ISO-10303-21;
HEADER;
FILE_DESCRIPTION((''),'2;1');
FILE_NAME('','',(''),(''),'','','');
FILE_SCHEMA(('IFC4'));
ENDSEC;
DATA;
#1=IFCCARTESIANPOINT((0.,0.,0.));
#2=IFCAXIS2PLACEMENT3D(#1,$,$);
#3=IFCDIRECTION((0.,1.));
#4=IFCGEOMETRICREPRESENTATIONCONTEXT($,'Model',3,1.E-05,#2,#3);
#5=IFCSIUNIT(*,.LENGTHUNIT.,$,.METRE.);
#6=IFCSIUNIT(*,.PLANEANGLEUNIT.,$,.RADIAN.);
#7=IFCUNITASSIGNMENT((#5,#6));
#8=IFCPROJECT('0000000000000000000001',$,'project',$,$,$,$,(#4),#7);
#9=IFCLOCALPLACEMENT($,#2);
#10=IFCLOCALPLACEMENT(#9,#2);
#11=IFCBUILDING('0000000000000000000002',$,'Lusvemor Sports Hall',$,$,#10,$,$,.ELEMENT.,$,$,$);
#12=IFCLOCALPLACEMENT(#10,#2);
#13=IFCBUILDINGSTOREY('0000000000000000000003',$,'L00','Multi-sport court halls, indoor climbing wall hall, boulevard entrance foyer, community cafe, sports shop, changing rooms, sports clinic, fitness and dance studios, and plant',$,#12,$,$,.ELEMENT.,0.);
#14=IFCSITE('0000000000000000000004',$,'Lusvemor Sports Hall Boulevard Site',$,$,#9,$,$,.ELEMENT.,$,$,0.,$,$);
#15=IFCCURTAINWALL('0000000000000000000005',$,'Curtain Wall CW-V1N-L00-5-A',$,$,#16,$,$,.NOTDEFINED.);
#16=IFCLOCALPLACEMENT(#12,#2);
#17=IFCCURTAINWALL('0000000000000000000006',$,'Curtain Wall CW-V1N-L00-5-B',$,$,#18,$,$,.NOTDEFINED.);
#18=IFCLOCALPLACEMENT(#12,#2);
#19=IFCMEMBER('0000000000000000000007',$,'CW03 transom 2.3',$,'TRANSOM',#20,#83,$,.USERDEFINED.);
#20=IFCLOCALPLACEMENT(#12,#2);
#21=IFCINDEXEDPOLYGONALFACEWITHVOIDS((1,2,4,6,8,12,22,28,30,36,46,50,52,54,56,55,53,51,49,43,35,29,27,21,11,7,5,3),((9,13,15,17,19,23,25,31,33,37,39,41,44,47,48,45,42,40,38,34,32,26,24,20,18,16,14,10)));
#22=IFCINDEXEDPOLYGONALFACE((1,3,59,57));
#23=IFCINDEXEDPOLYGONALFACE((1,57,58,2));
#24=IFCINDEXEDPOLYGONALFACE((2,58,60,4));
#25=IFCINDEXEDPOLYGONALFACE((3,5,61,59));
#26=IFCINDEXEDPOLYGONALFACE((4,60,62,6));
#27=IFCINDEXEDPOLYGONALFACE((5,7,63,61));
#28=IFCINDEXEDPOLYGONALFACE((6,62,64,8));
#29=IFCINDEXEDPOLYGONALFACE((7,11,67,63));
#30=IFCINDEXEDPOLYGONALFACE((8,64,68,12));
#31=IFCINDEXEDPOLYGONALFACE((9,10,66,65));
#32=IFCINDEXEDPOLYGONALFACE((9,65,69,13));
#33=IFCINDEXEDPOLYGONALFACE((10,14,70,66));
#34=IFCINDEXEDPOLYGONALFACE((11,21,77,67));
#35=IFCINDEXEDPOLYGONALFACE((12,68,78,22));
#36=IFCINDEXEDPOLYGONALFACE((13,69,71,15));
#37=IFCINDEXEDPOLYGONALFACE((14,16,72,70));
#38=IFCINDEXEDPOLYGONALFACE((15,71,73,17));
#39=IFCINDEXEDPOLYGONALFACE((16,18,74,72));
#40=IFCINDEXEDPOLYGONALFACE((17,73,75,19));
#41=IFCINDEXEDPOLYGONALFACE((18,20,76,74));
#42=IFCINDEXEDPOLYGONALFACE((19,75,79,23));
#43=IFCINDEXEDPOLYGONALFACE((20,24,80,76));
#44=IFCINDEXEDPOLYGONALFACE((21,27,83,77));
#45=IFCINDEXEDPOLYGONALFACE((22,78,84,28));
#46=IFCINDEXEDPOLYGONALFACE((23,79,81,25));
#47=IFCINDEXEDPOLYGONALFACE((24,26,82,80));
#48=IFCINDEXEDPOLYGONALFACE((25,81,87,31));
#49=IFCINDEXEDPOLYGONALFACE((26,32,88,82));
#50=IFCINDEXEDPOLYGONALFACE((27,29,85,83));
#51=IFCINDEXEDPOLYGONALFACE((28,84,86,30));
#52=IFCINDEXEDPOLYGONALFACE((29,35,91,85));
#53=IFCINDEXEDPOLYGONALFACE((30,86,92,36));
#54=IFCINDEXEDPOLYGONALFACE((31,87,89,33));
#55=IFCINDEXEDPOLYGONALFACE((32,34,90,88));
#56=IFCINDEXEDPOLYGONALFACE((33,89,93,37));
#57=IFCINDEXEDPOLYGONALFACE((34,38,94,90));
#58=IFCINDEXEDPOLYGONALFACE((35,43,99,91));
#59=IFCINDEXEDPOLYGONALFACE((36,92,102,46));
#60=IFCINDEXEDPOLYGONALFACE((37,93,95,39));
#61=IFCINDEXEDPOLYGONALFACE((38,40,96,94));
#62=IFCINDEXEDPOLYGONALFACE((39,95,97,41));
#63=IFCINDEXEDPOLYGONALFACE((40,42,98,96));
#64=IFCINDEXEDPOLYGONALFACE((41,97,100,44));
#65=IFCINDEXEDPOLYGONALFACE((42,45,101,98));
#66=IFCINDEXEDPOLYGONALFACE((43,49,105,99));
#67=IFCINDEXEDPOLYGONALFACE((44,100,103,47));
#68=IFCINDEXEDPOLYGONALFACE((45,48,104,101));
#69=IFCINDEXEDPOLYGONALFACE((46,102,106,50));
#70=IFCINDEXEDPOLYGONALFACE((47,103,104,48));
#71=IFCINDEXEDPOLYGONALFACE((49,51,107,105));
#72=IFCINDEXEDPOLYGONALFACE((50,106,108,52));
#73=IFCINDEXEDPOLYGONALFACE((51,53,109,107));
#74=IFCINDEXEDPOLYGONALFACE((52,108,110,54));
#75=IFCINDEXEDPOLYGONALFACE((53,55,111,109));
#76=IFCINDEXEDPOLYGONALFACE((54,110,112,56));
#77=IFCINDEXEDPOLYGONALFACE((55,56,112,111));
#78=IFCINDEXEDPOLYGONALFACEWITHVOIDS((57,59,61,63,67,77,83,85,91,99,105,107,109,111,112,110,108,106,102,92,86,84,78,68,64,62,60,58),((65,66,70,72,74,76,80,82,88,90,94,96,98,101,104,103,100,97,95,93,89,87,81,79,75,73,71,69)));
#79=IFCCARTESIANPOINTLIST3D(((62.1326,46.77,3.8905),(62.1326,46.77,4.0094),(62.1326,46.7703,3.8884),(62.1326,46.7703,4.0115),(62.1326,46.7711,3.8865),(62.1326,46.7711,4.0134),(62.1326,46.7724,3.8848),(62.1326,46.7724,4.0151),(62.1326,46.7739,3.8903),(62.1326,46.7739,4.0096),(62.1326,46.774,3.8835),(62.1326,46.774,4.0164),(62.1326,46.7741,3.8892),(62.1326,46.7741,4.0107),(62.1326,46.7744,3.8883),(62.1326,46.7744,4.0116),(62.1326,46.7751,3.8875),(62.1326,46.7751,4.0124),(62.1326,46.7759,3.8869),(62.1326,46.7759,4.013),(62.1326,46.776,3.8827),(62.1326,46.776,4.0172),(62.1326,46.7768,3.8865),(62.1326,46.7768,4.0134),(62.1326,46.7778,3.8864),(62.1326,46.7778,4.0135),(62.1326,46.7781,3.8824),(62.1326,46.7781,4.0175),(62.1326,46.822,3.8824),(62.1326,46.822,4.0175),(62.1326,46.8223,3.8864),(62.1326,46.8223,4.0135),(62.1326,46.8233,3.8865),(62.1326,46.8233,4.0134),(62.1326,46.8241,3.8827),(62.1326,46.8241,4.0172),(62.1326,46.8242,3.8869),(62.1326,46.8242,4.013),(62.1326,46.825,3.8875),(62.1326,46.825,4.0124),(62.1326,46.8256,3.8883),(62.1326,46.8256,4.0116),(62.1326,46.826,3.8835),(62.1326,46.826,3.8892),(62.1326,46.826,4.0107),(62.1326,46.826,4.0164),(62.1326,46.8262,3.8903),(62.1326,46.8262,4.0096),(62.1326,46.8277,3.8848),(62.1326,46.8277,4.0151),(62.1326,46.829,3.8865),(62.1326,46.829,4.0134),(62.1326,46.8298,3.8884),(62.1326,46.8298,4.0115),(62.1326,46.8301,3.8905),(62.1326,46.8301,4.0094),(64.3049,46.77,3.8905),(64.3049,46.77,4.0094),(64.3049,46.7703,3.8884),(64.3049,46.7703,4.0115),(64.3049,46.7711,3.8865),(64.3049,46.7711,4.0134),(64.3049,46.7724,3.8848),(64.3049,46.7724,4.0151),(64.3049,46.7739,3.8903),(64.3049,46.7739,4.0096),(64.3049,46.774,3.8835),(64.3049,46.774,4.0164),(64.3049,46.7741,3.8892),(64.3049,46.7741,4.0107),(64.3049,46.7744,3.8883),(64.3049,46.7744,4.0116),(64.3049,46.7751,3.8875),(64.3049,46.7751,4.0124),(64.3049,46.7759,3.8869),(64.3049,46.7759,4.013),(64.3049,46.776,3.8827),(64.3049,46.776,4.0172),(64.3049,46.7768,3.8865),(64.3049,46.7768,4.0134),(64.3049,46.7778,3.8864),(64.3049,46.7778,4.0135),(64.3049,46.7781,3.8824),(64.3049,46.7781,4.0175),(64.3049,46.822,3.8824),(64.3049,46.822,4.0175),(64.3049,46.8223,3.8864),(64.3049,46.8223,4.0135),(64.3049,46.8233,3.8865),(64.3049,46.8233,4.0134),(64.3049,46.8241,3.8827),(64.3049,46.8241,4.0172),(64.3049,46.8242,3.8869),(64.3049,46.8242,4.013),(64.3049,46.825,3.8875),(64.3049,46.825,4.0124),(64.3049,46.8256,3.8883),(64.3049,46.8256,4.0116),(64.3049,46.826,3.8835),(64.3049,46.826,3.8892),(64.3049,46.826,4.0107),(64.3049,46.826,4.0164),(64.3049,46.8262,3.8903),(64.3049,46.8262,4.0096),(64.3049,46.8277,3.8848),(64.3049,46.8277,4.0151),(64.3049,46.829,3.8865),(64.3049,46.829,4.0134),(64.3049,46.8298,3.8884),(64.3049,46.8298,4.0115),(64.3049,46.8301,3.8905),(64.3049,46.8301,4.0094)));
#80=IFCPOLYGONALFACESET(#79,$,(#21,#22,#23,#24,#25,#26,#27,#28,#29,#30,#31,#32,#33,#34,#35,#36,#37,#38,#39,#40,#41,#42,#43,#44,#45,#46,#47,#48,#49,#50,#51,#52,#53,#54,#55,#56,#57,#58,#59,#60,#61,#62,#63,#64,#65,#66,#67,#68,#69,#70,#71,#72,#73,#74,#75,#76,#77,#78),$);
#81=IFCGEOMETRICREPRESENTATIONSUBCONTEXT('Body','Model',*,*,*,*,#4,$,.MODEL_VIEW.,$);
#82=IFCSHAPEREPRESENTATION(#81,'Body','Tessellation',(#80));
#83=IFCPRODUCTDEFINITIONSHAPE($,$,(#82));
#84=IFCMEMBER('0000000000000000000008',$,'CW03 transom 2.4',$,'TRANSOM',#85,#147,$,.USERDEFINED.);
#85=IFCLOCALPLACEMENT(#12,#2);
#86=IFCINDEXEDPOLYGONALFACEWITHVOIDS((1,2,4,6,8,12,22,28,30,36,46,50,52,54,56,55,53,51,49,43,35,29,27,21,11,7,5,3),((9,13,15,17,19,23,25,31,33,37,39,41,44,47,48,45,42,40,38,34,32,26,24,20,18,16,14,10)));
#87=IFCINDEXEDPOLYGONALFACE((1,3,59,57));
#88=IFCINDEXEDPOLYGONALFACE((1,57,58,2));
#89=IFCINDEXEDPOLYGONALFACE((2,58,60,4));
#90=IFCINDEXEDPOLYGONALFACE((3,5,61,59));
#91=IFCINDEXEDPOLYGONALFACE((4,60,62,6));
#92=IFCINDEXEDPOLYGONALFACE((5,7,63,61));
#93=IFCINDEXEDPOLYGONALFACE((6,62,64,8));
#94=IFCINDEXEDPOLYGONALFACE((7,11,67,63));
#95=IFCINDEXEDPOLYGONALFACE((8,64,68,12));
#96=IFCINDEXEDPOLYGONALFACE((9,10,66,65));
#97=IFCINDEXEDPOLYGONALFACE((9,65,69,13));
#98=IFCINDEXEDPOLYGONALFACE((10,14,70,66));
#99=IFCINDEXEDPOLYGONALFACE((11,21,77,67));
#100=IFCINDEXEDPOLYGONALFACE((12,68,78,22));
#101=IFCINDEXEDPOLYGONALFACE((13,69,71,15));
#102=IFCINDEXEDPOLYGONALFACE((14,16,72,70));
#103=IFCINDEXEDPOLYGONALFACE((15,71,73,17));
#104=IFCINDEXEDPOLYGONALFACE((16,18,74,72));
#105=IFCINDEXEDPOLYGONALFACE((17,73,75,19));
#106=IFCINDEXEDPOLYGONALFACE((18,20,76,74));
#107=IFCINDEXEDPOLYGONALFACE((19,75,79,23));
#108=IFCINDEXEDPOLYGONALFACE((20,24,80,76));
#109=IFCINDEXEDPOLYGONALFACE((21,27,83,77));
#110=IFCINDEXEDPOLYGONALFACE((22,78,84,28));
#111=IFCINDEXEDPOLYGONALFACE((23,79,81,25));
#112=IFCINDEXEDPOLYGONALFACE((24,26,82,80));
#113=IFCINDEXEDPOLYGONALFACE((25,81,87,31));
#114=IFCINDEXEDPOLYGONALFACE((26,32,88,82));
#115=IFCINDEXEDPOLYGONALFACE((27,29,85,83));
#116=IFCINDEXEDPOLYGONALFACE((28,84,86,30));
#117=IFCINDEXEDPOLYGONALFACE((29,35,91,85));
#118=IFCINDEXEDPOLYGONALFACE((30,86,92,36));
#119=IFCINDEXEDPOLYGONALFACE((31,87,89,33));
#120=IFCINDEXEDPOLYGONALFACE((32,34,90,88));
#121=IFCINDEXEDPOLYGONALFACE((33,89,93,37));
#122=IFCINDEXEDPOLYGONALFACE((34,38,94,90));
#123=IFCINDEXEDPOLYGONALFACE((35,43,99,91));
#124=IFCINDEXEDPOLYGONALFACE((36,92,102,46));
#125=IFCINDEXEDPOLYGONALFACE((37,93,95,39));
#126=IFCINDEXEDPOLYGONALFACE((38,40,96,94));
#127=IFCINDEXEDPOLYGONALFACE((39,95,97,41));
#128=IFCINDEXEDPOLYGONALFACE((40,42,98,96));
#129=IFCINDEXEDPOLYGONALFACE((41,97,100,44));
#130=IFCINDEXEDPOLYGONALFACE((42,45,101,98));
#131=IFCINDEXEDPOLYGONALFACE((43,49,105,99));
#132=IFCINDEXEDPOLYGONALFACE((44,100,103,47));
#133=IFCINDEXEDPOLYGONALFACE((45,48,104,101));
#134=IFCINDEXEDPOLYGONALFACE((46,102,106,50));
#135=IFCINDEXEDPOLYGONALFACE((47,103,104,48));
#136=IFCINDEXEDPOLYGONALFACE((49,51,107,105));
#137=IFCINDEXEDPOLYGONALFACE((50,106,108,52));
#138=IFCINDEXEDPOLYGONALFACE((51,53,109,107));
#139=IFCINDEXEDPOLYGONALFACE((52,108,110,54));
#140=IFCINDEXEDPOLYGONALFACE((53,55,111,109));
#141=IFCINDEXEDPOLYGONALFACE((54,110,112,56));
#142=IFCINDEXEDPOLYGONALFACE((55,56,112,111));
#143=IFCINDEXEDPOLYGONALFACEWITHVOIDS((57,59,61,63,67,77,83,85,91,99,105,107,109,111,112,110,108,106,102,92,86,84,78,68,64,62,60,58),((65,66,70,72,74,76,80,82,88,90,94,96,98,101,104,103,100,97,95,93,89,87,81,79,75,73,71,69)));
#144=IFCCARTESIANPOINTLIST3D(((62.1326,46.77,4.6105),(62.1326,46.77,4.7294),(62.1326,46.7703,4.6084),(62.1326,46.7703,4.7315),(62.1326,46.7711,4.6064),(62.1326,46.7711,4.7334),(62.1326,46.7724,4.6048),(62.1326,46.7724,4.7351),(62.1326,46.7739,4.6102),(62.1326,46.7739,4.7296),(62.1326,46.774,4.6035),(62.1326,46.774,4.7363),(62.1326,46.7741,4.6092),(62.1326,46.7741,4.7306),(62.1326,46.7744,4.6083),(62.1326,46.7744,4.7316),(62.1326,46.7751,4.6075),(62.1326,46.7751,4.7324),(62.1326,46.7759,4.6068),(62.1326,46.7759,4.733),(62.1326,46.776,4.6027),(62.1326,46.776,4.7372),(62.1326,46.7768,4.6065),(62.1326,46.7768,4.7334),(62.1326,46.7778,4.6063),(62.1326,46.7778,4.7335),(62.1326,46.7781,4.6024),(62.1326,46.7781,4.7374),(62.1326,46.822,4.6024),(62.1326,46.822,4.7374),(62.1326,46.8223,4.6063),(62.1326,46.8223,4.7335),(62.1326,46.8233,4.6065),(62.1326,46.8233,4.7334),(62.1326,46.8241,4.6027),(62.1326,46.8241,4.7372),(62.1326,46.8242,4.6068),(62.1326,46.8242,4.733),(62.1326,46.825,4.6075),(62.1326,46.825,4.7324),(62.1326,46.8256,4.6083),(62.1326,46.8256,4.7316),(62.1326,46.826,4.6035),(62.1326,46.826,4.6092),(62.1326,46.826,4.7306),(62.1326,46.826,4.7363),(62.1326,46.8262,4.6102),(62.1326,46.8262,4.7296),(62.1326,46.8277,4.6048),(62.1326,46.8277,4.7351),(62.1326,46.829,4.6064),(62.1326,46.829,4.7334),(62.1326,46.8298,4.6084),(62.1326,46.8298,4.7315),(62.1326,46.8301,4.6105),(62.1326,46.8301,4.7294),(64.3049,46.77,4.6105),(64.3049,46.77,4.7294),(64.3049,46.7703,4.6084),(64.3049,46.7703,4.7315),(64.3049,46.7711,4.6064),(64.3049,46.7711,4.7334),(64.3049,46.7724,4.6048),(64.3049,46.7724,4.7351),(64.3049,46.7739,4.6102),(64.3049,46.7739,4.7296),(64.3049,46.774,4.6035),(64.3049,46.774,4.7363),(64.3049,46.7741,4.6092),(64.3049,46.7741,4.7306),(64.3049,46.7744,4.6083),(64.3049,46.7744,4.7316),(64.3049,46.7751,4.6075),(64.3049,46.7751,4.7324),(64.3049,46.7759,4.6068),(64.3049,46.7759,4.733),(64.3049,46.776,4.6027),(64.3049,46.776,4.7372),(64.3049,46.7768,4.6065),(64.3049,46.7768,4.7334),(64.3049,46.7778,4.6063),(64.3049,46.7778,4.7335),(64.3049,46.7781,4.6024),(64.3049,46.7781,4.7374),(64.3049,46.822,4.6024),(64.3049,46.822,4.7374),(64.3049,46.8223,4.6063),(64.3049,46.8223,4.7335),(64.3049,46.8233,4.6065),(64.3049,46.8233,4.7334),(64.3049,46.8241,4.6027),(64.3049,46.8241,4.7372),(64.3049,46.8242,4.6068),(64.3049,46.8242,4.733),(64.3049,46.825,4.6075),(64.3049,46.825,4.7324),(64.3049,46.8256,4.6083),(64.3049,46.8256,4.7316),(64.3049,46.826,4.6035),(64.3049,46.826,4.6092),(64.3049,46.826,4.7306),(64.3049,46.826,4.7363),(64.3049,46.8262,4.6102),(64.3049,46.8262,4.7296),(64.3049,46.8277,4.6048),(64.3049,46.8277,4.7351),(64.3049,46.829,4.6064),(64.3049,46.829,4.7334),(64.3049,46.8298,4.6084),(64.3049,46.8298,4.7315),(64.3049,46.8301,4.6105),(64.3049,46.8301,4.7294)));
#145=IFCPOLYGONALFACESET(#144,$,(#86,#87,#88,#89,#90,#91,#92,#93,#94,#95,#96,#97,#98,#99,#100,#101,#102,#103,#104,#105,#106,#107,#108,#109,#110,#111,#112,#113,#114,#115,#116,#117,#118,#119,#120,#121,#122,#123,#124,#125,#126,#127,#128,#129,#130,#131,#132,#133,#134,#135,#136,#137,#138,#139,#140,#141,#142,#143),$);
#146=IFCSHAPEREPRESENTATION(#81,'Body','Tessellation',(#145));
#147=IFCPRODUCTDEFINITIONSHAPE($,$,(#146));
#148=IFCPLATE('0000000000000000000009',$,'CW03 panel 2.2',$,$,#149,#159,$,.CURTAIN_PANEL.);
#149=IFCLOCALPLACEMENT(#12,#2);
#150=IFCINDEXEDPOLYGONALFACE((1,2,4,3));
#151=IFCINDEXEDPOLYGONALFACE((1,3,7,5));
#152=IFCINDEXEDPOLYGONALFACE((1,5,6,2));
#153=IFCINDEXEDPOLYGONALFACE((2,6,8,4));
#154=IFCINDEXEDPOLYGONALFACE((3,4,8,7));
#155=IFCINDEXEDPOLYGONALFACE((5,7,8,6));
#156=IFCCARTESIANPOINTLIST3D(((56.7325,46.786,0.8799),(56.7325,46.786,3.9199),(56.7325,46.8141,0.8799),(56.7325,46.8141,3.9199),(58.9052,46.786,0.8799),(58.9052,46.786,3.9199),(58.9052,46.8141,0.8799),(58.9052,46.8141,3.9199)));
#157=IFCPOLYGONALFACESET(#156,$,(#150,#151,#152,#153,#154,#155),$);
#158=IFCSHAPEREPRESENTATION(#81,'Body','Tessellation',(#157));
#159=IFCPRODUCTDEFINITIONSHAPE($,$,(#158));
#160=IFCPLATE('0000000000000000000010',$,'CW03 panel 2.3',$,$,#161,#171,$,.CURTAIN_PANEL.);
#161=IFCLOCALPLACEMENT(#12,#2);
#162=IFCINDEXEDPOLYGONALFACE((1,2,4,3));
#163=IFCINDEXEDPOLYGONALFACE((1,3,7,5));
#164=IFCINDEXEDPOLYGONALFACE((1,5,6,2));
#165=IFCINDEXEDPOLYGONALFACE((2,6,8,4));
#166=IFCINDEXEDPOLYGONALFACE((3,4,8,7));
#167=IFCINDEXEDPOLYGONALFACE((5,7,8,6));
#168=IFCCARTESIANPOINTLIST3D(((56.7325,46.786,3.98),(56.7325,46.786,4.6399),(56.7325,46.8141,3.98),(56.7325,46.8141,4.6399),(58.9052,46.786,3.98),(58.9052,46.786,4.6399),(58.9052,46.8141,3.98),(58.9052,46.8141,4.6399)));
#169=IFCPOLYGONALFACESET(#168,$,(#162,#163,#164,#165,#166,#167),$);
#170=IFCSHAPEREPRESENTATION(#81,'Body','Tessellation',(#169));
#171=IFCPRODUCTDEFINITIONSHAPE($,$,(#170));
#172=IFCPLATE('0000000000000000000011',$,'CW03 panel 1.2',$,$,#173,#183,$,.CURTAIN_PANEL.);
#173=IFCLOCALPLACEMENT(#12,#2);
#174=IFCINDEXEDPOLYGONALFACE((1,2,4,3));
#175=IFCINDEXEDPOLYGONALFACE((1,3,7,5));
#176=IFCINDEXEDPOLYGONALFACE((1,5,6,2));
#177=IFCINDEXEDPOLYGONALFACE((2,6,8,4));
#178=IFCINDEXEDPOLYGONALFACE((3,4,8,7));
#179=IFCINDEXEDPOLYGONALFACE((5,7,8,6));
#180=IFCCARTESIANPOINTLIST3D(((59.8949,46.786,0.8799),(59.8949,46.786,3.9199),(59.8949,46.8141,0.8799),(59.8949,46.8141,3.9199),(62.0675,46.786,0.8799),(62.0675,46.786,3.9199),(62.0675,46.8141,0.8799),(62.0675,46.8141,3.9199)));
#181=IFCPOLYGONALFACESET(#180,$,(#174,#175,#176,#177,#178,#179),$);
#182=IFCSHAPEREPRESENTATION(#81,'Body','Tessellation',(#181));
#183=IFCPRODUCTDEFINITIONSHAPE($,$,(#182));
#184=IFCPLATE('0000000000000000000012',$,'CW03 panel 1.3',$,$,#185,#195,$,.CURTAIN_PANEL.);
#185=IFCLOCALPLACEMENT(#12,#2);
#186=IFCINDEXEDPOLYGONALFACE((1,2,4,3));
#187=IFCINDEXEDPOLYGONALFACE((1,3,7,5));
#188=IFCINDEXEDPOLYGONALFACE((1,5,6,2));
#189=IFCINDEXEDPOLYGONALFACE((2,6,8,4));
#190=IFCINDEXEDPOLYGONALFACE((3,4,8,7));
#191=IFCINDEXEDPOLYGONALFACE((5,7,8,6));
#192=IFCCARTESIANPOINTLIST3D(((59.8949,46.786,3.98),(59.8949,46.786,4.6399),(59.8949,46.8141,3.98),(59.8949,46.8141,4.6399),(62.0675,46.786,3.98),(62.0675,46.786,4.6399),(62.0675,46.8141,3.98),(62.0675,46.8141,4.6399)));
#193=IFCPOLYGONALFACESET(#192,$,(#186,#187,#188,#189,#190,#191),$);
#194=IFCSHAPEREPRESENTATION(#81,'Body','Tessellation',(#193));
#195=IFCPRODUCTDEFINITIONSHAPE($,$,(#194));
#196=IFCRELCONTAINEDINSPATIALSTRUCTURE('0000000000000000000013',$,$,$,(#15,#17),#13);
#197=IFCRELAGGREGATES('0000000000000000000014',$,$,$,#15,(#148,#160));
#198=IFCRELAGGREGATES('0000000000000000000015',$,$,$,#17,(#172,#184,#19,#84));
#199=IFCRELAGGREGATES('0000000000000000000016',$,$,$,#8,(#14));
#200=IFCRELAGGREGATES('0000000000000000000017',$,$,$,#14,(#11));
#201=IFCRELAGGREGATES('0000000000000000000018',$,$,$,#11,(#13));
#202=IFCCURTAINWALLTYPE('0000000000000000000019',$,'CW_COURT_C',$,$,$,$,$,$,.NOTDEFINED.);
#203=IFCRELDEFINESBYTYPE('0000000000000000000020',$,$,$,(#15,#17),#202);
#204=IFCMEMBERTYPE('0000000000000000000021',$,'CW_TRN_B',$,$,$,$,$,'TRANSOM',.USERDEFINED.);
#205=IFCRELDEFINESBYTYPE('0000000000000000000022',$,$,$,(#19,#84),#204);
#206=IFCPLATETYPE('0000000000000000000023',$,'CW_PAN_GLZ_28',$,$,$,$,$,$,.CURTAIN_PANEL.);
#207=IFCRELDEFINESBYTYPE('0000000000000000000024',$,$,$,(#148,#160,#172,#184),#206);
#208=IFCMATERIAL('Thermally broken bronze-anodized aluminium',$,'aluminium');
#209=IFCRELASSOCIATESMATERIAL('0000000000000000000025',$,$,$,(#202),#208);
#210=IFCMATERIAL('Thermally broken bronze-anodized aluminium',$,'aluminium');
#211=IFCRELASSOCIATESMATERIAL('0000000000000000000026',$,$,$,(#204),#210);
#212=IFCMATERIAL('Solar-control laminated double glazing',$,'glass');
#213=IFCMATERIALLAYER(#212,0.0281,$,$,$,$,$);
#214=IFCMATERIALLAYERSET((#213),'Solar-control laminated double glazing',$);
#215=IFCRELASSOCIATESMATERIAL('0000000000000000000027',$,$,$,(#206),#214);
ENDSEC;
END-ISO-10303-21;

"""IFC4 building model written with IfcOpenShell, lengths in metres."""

from ifc_helpers import new_model, si_unit, direction, frame, origin, origin_2d, place, context, subcontext, project, spatial, rectangle, hollow_rectangle, extrude, material, layer, layer_set, material_profile, profile_set, type_object, element, aggregate, save


model = new_model("IFC4")

# Units and contexts
model_context = context("Model", 3, precision=1e-05, world=origin(), true_north=direction((0.0, 1.0)))
body_context = subcontext(model_context, "Body", "Model", "MODEL_VIEW")
ifc_project = project(units=[si_unit("LENGTHUNIT", "METRE"), si_unit("PLANEANGLEUNIT", "RADIAN")], contexts=[model_context])

# Site, building, storey
site_placement = place(None, origin())
site = spatial("IfcSite", under=ifc_project, at=site_placement, Name="Lusvemor Sports Hall Boulevard Site", CompositionType="ELEMENT", RefElevation=0.0)
building_placement = place(site_placement, origin())
building = spatial("IfcBuilding", under=site, at=building_placement, Name="Lusvemor Sports Hall", CompositionType="ELEMENT")
storey_placement = place(building_placement, origin())
storey = spatial("IfcBuildingStorey", under=building, at=storey_placement, Name="L00", Description="Multi-sport court halls, indoor climbing wall hall, boulevard entrance foyer, community cafe, sports shop, changing rooms, sports clinic, fitness and dance studios, and plant", CompositionType="ELEMENT", Elevation=0.0)

# Curtain wall
ifc_material_1 = material(Name="Thermally broken bronze-anodized aluminium", Category="aluminium")
curtain_wall_type = type_object("IfcCurtainWallType", Name="CW_COURT_C", PredefinedType="NOTDEFINED", material=ifc_material_1)
curtain_wall_1_placement = place(storey_placement, origin())
curtain_wall_1 = element("IfcCurtainWall", 1, at=curtain_wall_1_placement, inside=storey, type_object=curtain_wall_type, Name="Curtain Wall CW-V1N-L00-5-A", PredefinedType="NOTDEFINED")

# Curtain wall, members
curtain_wall_2_placement = place(storey_placement, origin())
curtain_wall_2 = element("IfcCurtainWall", 2, at=curtain_wall_2_placement, inside=storey, type_object=curtain_wall_type, Name="Curtain Wall CW-V1N-L00-5-B", PredefinedType="NOTDEFINED")
ifc_material_2 = material(Name="Thermally broken bronze-anodized aluminium", Category="aluminium")
ifc_material_profile_1 = material_profile(ifc_material_2, hollow_rectangle(XDim=0.0601, YDim=0.135, WallThickness=0.0039, InnerFilletRadius=0.0039, OuterFilletRadius=0.0081, at=origin_2d()), Name="CWTRN135x60x4")
ifc_profile_set_1 = profile_set([ifc_material_profile_1], Name="Thermally broken bronze-anodized aluminium")
member_type_1 = type_object("IfcMemberType", Name="CW_TRN_B", ElementType="TRANSOM", PredefinedType="USERDEFINED", material=ifc_profile_set_1)
member_1_placement = place(storey_placement, frame((62.1326, 46.8, 3.95), z_axis=(1.0, 0.0, 0.0), x_axis=(0.0, 1.0, 0.0)))
member_1 = element("IfcMember", 3, at=member_1_placement, type_object=member_type_1, Name="CW03 transom 2.3", ObjectType="TRANSOM", PredefinedType="USERDEFINED", context=body_context, shape_type="SweptSolid", body=[
    extrude(hollow_rectangle(XDim=0.0601, YDim=0.135, WallThickness=0.0039, InnerFilletRadius=0.0039, OuterFilletRadius=0.0081, at=origin_2d()), origin(), (0.0, 0.0, 1.0), 2.1724),
])
member_2_placement = place(storey_placement, frame((62.1326, 46.8, 4.6699), z_axis=(1.0, 0.0, 0.0), x_axis=(0.0, 1.0, 0.0)))
member_2 = element("IfcMember", 4, at=member_2_placement, type_object=member_type_1, Name="CW03 transom 2.4", ObjectType="TRANSOM", PredefinedType="USERDEFINED", context=body_context, shape_type="SweptSolid", body=[
    extrude(hollow_rectangle(XDim=0.0601, YDim=0.135, WallThickness=0.0039, InnerFilletRadius=0.0039, OuterFilletRadius=0.0081, at=origin_2d()), origin(), (0.0, 0.0, 1.0), 2.1724),
])

# Plates
ifc_material_3 = material(Name="Solar-control laminated double glazing", Category="glass")
ifc_layer_1 = layer(ifc_material_3, 0.0281)
ifc_layer_set_1 = layer_set([ifc_layer_1], Name="Solar-control laminated double glazing")
plate_type_1 = type_object("IfcPlateType", Name="CW_PAN_GLZ_28", PredefinedType="CURTAIN_PANEL", material=ifc_layer_set_1)
plate_1_placement = place(storey_placement, frame((57.8188, 46.8, 0.8799), z_axis=(0.0, 0.0, 1.0), x_axis=(1.0, 0.0, 0.0)))
plate_1 = element("IfcPlate", 5, at=plate_1_placement, type_object=plate_type_1, Name="CW03 panel 2.2", PredefinedType="CURTAIN_PANEL", context=body_context, shape_type="SweptSolid", body=[
    extrude(rectangle(XDim=2.1726, YDim=0.0281, at=origin_2d()), origin(), (0.0, 0.0, 1.0), 3.04),
])
plate_2_placement = place(storey_placement, frame((57.8188, 46.8, 3.98), z_axis=(0.0, 0.0, 1.0), x_axis=(1.0, 0.0, 0.0)))
plate_2 = element("IfcPlate", 6, at=plate_2_placement, type_object=plate_type_1, Name="CW03 panel 2.3", PredefinedType="CURTAIN_PANEL", context=body_context, shape_type="SweptSolid", body=[
    extrude(rectangle(XDim=2.1726, YDim=0.0281, at=origin_2d()), origin(), (0.0, 0.0, 1.0), 0.6599),
])
plate_3_placement = place(storey_placement, frame((60.9812, 46.8, 0.8799), z_axis=(0.0, 0.0, 1.0), x_axis=(1.0, 0.0, 0.0)))
plate_3 = element("IfcPlate", 7, at=plate_3_placement, type_object=plate_type_1, Name="CW03 panel 1.2", PredefinedType="CURTAIN_PANEL", context=body_context, shape_type="SweptSolid", body=[
    extrude(rectangle(XDim=2.1726, YDim=0.0281, at=origin_2d()), origin(), (0.0, 0.0, 1.0), 3.04),
])
plate_4_placement = place(storey_placement, frame((60.9812, 46.8, 3.98), z_axis=(0.0, 0.0, 1.0), x_axis=(1.0, 0.0, 0.0)))
plate_4 = element("IfcPlate", 8, at=plate_4_placement, type_object=plate_type_1, Name="CW03 panel 1.3", PredefinedType="CURTAIN_PANEL", context=body_context, shape_type="SweptSolid", body=[
    extrude(rectangle(XDim=2.1726, YDim=0.0281, at=origin_2d()), origin(), (0.0, 0.0, 1.0), 0.6599),
])
aggregate(curtain_wall_1, [plate_1, plate_2])
aggregate(curtain_wall_2, [plate_3, plate_4, member_1, member_2])

save(model, "model.ifc")
